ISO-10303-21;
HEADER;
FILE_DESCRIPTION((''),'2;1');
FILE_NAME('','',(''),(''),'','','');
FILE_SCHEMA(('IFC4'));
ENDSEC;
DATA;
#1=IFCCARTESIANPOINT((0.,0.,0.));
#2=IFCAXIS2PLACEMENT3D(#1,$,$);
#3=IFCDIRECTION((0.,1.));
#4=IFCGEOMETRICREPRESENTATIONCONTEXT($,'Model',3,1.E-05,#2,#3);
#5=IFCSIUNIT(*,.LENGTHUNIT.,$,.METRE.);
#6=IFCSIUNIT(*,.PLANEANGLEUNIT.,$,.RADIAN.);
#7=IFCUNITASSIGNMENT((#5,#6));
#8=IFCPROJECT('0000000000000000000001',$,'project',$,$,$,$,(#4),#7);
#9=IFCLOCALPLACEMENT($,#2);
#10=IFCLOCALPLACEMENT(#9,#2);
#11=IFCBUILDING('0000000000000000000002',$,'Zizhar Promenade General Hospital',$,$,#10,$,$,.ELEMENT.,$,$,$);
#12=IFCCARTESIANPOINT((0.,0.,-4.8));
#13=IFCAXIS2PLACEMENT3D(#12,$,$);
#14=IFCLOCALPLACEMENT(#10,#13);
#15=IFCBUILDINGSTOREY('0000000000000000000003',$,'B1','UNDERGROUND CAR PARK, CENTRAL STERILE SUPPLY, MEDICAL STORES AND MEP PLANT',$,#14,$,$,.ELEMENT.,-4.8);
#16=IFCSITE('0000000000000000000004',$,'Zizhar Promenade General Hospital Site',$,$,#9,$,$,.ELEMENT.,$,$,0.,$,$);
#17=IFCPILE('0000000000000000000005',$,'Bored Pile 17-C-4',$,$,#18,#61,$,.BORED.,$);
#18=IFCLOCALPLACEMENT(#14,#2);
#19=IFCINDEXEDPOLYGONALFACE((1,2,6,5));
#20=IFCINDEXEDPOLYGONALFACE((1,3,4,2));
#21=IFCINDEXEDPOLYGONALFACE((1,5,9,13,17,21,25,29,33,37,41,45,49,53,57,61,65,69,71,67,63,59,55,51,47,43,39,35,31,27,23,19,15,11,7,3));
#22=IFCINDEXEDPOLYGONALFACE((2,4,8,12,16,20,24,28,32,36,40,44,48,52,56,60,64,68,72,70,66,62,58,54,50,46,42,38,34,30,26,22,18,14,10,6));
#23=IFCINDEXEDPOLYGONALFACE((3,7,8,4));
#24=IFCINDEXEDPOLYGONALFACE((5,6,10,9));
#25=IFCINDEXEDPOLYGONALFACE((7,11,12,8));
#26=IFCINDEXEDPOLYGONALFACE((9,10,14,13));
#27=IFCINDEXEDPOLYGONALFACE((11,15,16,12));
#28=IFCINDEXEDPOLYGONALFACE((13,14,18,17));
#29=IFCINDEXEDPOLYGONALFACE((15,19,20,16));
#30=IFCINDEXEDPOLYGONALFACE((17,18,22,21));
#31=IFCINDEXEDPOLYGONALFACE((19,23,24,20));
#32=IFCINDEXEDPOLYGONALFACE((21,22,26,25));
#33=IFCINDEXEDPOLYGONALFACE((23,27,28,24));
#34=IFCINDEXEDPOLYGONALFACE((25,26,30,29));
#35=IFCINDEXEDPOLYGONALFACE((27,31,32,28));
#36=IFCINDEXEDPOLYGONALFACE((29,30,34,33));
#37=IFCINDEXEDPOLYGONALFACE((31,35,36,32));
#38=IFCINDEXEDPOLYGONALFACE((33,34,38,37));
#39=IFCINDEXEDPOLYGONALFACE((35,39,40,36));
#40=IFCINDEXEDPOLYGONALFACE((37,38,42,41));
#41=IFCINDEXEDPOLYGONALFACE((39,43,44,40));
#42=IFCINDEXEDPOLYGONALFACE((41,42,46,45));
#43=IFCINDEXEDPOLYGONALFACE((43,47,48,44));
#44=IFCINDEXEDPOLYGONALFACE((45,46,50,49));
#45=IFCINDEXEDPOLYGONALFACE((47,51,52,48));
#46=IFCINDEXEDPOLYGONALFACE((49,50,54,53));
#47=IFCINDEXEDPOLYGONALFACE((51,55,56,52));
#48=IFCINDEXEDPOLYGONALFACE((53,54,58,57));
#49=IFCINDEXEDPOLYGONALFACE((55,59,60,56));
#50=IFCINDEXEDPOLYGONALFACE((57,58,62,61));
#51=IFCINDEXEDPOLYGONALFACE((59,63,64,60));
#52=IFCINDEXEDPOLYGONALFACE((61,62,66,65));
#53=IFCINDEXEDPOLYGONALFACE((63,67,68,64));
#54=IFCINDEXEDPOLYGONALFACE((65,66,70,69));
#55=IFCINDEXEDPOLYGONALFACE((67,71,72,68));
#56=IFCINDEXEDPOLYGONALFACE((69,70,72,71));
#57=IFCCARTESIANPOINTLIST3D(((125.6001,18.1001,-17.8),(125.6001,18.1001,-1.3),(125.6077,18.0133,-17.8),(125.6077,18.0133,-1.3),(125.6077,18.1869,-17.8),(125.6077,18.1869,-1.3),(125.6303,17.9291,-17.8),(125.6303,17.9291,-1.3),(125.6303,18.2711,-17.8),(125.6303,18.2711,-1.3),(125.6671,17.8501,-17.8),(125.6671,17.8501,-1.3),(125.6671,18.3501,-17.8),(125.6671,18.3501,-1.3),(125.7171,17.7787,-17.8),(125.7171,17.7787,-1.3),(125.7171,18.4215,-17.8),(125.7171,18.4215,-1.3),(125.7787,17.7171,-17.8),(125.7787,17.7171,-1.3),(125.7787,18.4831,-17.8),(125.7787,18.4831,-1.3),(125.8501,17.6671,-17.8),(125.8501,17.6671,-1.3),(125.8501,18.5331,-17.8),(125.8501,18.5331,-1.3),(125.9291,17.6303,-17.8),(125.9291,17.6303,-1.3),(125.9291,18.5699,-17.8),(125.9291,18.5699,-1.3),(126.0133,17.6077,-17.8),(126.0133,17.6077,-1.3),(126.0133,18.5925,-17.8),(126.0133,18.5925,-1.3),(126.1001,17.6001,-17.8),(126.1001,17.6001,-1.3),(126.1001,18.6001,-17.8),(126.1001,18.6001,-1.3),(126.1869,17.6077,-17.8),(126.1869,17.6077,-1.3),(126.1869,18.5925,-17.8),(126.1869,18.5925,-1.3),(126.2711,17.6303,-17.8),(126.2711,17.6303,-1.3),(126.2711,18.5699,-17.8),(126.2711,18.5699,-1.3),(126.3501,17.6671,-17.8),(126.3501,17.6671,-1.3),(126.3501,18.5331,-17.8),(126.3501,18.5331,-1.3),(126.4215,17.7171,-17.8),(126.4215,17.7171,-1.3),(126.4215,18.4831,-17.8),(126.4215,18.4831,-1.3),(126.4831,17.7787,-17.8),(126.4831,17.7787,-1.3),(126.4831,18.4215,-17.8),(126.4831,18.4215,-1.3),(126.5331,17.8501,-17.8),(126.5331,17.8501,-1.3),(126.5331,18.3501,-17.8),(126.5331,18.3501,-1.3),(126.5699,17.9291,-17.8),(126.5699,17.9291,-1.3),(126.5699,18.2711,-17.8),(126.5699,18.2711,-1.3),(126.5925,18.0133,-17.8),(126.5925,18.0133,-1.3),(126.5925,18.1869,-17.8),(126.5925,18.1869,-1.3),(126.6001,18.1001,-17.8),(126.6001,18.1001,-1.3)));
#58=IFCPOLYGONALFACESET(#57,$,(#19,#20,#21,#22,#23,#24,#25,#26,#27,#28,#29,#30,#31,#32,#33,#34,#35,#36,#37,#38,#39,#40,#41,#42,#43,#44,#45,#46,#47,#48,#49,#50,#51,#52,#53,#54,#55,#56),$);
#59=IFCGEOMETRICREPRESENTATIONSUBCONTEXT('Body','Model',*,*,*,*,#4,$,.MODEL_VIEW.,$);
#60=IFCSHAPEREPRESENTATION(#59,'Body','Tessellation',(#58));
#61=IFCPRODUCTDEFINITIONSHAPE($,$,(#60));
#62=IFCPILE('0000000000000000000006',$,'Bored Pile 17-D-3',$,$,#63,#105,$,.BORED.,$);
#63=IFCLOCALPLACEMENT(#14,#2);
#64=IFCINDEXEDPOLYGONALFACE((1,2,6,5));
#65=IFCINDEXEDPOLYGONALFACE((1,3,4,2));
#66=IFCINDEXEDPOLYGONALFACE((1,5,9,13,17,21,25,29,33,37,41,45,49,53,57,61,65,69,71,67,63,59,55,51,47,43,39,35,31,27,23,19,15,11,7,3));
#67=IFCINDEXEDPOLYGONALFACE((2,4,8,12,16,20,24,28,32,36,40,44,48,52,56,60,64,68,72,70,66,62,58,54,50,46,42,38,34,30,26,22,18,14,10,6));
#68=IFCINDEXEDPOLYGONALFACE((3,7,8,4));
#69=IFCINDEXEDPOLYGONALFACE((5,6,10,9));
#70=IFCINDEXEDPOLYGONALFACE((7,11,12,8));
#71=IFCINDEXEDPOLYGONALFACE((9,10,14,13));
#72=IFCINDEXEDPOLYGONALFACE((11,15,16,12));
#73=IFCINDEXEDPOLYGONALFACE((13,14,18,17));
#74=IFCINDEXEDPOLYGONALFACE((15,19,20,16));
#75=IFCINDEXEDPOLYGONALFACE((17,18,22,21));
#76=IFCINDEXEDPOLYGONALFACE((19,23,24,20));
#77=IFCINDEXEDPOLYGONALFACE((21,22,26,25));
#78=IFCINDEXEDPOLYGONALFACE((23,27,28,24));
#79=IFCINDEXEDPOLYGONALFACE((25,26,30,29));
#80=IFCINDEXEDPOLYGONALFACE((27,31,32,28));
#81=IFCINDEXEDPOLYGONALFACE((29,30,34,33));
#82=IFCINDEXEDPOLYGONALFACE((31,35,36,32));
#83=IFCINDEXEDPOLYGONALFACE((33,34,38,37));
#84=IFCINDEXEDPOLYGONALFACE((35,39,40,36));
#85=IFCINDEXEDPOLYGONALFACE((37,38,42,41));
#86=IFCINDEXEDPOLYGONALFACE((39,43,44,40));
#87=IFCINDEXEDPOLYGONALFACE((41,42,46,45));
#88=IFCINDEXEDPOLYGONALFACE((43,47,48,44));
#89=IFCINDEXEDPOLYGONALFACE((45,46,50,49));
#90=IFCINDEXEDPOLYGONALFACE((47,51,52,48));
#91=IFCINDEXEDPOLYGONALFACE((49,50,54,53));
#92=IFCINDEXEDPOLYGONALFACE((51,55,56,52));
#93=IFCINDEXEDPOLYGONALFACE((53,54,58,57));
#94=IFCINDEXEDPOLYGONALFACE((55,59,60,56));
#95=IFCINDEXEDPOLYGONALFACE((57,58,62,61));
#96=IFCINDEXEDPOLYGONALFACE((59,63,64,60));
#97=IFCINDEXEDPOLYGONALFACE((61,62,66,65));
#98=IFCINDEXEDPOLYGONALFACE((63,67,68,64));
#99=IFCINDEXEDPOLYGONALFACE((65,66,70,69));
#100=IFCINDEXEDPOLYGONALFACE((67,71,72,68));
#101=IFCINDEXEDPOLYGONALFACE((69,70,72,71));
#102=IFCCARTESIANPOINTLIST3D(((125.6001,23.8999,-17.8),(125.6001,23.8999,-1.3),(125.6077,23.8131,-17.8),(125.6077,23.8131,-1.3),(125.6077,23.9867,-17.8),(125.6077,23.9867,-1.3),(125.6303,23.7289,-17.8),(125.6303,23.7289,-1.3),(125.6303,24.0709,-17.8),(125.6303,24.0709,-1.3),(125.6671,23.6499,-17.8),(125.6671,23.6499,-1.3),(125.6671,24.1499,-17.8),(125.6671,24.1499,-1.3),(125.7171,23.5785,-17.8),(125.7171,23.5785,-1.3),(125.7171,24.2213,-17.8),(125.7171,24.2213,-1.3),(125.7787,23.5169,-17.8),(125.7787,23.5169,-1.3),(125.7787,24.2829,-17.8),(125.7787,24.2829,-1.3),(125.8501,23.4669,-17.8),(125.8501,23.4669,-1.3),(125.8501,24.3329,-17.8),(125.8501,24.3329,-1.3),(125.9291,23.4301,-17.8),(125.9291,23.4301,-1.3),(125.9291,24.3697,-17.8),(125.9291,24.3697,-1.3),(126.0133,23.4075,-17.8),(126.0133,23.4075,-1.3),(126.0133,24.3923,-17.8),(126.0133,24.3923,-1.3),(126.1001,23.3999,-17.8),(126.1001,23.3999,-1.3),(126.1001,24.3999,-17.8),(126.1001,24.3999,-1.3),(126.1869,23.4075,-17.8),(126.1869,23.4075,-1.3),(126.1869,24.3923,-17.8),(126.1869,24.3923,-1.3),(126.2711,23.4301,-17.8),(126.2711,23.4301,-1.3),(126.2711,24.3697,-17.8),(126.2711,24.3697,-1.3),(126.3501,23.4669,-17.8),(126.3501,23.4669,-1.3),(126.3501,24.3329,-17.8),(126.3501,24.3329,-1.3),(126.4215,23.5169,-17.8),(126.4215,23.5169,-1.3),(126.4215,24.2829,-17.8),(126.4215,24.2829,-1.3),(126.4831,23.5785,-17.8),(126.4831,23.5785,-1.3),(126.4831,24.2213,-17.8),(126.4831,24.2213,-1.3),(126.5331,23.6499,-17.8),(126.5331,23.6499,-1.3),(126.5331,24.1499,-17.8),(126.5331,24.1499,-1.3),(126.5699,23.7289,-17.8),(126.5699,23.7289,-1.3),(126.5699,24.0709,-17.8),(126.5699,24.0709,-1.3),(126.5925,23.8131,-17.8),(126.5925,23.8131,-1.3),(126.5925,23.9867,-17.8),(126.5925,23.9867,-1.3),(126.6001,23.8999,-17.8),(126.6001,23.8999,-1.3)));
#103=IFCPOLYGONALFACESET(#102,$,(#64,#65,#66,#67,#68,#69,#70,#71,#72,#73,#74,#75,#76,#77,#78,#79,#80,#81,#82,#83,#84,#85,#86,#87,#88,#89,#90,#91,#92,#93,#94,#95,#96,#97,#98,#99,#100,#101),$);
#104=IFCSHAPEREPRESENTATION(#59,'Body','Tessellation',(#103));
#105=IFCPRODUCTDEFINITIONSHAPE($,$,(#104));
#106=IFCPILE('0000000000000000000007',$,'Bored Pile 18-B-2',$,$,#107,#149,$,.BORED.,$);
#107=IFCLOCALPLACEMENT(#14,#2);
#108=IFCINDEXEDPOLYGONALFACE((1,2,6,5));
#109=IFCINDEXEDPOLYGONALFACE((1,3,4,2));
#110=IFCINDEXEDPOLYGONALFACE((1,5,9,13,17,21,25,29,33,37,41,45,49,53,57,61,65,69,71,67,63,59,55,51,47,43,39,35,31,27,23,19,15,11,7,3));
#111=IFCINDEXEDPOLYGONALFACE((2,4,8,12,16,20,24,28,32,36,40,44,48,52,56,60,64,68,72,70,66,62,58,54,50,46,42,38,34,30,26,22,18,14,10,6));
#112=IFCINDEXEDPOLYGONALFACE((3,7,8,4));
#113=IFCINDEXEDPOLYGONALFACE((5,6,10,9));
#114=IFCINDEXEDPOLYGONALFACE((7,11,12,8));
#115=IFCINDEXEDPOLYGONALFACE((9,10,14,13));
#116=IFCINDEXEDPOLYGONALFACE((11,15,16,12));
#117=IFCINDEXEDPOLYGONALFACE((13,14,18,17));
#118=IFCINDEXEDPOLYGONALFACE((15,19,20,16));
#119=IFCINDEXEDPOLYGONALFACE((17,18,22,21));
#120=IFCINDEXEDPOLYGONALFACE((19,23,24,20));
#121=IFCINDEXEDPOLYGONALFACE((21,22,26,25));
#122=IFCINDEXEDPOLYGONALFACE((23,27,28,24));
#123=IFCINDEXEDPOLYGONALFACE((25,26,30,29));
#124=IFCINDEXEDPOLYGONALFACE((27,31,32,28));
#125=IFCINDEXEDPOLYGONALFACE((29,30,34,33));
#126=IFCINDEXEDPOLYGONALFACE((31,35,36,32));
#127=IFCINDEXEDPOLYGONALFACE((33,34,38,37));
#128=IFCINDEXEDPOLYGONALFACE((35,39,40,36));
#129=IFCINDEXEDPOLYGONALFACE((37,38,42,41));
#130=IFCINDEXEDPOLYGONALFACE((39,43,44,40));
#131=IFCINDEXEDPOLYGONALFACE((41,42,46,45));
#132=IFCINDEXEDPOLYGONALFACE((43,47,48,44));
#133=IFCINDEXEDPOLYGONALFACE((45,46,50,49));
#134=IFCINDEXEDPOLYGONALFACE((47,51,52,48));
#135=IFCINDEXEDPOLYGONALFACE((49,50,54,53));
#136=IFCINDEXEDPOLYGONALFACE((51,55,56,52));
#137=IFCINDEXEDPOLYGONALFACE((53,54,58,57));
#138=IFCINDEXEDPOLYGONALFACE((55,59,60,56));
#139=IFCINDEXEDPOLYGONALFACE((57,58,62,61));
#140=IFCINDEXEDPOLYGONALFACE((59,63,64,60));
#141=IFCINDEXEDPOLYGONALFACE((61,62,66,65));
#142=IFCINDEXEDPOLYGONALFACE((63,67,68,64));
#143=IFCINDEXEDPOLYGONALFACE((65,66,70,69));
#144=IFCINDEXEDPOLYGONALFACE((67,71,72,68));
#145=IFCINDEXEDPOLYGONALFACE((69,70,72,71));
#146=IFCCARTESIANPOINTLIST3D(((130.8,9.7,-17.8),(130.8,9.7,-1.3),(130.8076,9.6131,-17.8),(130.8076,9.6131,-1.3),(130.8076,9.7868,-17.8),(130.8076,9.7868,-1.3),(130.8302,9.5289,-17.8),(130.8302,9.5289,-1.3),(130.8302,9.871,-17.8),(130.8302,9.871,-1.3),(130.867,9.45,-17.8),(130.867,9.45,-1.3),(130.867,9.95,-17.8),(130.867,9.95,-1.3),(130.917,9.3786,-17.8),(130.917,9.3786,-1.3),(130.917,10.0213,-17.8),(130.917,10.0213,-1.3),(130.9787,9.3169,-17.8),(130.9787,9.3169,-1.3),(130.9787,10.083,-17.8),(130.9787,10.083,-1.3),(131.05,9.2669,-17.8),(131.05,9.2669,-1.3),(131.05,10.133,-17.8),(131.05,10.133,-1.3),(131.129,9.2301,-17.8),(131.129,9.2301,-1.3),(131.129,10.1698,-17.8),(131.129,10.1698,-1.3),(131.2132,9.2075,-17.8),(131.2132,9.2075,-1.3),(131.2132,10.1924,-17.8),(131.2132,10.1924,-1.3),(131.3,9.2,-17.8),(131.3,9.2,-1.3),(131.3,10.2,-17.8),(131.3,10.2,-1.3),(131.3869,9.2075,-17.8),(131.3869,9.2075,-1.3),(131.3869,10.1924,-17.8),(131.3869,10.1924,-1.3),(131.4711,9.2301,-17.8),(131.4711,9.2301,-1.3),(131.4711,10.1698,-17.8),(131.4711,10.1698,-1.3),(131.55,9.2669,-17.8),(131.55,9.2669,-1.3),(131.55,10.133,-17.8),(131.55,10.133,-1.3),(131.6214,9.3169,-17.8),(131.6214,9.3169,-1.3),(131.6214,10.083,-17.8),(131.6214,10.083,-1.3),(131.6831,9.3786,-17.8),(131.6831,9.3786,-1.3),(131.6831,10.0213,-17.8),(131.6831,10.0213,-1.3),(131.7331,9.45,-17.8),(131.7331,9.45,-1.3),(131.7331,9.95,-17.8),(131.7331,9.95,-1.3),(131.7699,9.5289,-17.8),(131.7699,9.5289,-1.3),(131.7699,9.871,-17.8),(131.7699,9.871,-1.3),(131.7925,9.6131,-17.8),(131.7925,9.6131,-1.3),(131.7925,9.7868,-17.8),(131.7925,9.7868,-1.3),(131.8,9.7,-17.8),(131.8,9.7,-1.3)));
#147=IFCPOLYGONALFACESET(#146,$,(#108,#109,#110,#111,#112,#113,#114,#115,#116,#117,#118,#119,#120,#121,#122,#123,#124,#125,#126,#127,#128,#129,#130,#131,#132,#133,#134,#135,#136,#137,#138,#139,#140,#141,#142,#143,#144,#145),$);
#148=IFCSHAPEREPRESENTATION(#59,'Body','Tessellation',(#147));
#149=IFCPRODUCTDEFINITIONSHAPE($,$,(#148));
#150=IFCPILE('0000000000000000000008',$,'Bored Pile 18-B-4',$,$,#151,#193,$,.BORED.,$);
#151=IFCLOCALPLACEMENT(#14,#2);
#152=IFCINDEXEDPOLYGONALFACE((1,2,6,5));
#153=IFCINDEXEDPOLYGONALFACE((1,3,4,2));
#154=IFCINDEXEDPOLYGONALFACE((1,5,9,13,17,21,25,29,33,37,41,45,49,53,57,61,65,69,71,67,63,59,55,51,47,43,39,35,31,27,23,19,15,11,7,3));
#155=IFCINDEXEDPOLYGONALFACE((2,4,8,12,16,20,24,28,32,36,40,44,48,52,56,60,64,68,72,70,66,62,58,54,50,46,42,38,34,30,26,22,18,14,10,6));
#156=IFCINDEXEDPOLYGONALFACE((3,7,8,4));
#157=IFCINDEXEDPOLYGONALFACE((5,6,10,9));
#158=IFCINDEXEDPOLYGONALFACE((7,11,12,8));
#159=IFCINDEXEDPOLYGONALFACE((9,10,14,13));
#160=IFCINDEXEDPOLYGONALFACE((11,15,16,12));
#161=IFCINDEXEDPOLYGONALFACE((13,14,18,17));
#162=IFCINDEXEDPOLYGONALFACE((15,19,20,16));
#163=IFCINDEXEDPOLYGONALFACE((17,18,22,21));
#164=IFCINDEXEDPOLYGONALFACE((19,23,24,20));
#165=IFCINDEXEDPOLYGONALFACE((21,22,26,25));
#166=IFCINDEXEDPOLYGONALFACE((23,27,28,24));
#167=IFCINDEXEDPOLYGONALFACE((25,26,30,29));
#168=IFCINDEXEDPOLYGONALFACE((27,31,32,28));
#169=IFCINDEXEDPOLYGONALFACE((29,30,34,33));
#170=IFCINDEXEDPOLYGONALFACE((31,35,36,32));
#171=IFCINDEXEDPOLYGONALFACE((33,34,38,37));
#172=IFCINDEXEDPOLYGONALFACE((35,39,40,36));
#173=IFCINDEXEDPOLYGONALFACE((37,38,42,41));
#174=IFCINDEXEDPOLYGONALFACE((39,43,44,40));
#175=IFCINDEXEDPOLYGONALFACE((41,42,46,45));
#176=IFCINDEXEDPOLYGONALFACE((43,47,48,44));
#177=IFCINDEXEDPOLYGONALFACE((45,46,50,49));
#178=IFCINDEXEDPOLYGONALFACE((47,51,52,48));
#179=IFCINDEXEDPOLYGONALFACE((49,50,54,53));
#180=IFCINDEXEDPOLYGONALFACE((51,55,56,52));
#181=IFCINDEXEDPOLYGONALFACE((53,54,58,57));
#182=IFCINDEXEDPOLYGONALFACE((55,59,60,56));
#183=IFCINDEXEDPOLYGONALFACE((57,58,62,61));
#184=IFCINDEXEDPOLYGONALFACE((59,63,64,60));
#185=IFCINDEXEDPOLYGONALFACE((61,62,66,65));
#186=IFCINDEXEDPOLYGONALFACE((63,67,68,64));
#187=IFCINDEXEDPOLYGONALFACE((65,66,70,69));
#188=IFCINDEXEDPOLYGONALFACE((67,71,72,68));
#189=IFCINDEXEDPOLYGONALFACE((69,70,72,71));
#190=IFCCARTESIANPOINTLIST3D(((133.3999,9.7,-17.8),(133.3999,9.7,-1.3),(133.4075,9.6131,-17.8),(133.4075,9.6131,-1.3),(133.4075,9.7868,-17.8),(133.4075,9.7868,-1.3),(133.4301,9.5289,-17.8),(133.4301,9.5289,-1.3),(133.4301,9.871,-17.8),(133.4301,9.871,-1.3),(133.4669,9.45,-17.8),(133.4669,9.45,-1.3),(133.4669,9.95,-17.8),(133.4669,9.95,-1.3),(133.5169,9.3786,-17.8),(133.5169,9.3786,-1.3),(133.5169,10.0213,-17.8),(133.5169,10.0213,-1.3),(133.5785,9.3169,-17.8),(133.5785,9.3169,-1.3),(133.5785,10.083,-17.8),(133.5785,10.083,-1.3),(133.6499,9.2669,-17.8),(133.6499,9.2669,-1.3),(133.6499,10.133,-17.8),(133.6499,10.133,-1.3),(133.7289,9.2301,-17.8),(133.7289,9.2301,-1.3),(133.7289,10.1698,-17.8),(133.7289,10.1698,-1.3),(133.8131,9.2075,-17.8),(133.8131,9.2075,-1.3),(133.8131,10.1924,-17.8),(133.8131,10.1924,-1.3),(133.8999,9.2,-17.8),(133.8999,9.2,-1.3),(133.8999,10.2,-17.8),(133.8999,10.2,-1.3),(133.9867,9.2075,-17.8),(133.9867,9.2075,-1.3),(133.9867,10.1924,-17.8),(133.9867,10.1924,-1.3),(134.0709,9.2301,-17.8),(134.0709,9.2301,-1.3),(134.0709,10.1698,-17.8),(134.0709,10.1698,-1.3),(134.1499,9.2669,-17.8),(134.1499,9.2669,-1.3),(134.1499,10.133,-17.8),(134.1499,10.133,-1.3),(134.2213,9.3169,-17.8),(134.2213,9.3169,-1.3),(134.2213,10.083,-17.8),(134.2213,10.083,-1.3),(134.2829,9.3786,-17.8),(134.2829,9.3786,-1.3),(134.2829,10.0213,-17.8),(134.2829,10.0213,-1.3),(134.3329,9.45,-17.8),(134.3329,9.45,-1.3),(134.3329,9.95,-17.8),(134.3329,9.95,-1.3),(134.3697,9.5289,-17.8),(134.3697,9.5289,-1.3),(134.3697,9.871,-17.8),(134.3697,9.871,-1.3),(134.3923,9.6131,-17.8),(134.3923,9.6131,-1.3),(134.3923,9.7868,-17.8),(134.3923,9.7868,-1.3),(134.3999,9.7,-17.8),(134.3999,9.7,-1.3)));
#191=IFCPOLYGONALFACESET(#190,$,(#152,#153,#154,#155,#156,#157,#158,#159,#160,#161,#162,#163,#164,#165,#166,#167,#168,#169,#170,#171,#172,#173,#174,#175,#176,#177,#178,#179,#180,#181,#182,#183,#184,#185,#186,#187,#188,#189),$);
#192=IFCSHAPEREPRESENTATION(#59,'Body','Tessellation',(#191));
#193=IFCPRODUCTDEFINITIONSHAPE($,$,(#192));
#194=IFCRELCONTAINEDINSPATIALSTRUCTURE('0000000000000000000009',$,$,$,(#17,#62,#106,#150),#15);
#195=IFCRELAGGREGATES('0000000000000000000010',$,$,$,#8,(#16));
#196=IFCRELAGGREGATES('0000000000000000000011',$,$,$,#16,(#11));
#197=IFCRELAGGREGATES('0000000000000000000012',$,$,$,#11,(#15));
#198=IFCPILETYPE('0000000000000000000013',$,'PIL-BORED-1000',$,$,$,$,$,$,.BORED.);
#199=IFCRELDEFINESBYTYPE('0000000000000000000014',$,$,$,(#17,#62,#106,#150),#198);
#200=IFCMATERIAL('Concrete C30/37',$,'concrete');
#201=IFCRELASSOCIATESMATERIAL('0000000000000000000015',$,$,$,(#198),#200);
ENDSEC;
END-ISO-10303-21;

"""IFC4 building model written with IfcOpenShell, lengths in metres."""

from ifc_helpers import new_model, si_unit, direction, frame, origin, origin_2d, place, context, subcontext, project, spatial, circle, extrude, material, material_profile, profile_set, type_object, element, save


model = new_model("IFC4")

# Units and contexts
model_context = context("Model", 3, precision=1e-05, world=origin(), true_north=direction((0.0, 1.0)))
body_context = subcontext(model_context, "Body", "Model", "MODEL_VIEW")
ifc_project = project(units=[si_unit("LENGTHUNIT", "METRE"), si_unit("PLANEANGLEUNIT", "RADIAN")], contexts=[model_context])

# Site, building, storey
site_placement = place(None, origin())
site = spatial("IfcSite", under=ifc_project, at=site_placement, Name="Zizhar Promenade General Hospital Site", CompositionType="ELEMENT", RefElevation=0.0)
building_placement = place(site_placement, origin())
building = spatial("IfcBuilding", under=site, at=building_placement, Name="Zizhar Promenade General Hospital", CompositionType="ELEMENT")
storey_placement = place(building_placement, frame((0.0, 0.0, -4.8)))
storey = spatial("IfcBuildingStorey", under=building, at=storey_placement, Name="B1", Description="UNDERGROUND CAR PARK, CENTRAL STERILE SUPPLY, MEDICAL STORES AND MEP PLANT", CompositionType="ELEMENT", Elevation=-4.8)

# Piles
ifc_material_1 = material(Name="Concrete C30/37", Category="concrete")
ifc_material_profile_1 = material_profile(ifc_material_1, circle(Radius=0.5, at=origin_2d()))
ifc_profile_set_1 = profile_set([ifc_material_profile_1], Name="Concrete C30/37")
pile_type = type_object("IfcPileType", Name="PIL-BORED-1000", PredefinedType="BORED", material=ifc_profile_set_1)
for number, where, z_axis, x_axis, name in (
    (1, (126.1001, 18.1001, -1.3), (0.0, 0.0, -1.0), (1.0, 0.0, 0.0), "Bored Pile 17-C-4"),
    (2, (126.1001, 23.8999, -1.3), (0.0, 0.0, -1.0), (1.0, 0.0, 0.0), "Bored Pile 17-D-3"),
    (3, (131.3, 9.7, -1.3), (0.0, 0.0, -1.0), (1.0, 0.0, 0.0), "Bored Pile 18-B-2"),
    (4, (133.8999, 9.7, -1.3), (0.0, 0.0, -1.0), (1.0, 0.0, 0.0), "Bored Pile 18-B-4"),
):
    element("IfcPile", number, at=place(storey_placement, frame(where, z_axis=z_axis, x_axis=x_axis)), inside=storey, type_object=pile_type, Name=name, PredefinedType="BORED", context=body_context, shape_type="SweptSolid", body=[
        extrude(circle(Radius=0.5, at=origin_2d()), origin(), (0.0, 0.0, 1.0), 16.5),
    ])

save(model, "model.ifc")
